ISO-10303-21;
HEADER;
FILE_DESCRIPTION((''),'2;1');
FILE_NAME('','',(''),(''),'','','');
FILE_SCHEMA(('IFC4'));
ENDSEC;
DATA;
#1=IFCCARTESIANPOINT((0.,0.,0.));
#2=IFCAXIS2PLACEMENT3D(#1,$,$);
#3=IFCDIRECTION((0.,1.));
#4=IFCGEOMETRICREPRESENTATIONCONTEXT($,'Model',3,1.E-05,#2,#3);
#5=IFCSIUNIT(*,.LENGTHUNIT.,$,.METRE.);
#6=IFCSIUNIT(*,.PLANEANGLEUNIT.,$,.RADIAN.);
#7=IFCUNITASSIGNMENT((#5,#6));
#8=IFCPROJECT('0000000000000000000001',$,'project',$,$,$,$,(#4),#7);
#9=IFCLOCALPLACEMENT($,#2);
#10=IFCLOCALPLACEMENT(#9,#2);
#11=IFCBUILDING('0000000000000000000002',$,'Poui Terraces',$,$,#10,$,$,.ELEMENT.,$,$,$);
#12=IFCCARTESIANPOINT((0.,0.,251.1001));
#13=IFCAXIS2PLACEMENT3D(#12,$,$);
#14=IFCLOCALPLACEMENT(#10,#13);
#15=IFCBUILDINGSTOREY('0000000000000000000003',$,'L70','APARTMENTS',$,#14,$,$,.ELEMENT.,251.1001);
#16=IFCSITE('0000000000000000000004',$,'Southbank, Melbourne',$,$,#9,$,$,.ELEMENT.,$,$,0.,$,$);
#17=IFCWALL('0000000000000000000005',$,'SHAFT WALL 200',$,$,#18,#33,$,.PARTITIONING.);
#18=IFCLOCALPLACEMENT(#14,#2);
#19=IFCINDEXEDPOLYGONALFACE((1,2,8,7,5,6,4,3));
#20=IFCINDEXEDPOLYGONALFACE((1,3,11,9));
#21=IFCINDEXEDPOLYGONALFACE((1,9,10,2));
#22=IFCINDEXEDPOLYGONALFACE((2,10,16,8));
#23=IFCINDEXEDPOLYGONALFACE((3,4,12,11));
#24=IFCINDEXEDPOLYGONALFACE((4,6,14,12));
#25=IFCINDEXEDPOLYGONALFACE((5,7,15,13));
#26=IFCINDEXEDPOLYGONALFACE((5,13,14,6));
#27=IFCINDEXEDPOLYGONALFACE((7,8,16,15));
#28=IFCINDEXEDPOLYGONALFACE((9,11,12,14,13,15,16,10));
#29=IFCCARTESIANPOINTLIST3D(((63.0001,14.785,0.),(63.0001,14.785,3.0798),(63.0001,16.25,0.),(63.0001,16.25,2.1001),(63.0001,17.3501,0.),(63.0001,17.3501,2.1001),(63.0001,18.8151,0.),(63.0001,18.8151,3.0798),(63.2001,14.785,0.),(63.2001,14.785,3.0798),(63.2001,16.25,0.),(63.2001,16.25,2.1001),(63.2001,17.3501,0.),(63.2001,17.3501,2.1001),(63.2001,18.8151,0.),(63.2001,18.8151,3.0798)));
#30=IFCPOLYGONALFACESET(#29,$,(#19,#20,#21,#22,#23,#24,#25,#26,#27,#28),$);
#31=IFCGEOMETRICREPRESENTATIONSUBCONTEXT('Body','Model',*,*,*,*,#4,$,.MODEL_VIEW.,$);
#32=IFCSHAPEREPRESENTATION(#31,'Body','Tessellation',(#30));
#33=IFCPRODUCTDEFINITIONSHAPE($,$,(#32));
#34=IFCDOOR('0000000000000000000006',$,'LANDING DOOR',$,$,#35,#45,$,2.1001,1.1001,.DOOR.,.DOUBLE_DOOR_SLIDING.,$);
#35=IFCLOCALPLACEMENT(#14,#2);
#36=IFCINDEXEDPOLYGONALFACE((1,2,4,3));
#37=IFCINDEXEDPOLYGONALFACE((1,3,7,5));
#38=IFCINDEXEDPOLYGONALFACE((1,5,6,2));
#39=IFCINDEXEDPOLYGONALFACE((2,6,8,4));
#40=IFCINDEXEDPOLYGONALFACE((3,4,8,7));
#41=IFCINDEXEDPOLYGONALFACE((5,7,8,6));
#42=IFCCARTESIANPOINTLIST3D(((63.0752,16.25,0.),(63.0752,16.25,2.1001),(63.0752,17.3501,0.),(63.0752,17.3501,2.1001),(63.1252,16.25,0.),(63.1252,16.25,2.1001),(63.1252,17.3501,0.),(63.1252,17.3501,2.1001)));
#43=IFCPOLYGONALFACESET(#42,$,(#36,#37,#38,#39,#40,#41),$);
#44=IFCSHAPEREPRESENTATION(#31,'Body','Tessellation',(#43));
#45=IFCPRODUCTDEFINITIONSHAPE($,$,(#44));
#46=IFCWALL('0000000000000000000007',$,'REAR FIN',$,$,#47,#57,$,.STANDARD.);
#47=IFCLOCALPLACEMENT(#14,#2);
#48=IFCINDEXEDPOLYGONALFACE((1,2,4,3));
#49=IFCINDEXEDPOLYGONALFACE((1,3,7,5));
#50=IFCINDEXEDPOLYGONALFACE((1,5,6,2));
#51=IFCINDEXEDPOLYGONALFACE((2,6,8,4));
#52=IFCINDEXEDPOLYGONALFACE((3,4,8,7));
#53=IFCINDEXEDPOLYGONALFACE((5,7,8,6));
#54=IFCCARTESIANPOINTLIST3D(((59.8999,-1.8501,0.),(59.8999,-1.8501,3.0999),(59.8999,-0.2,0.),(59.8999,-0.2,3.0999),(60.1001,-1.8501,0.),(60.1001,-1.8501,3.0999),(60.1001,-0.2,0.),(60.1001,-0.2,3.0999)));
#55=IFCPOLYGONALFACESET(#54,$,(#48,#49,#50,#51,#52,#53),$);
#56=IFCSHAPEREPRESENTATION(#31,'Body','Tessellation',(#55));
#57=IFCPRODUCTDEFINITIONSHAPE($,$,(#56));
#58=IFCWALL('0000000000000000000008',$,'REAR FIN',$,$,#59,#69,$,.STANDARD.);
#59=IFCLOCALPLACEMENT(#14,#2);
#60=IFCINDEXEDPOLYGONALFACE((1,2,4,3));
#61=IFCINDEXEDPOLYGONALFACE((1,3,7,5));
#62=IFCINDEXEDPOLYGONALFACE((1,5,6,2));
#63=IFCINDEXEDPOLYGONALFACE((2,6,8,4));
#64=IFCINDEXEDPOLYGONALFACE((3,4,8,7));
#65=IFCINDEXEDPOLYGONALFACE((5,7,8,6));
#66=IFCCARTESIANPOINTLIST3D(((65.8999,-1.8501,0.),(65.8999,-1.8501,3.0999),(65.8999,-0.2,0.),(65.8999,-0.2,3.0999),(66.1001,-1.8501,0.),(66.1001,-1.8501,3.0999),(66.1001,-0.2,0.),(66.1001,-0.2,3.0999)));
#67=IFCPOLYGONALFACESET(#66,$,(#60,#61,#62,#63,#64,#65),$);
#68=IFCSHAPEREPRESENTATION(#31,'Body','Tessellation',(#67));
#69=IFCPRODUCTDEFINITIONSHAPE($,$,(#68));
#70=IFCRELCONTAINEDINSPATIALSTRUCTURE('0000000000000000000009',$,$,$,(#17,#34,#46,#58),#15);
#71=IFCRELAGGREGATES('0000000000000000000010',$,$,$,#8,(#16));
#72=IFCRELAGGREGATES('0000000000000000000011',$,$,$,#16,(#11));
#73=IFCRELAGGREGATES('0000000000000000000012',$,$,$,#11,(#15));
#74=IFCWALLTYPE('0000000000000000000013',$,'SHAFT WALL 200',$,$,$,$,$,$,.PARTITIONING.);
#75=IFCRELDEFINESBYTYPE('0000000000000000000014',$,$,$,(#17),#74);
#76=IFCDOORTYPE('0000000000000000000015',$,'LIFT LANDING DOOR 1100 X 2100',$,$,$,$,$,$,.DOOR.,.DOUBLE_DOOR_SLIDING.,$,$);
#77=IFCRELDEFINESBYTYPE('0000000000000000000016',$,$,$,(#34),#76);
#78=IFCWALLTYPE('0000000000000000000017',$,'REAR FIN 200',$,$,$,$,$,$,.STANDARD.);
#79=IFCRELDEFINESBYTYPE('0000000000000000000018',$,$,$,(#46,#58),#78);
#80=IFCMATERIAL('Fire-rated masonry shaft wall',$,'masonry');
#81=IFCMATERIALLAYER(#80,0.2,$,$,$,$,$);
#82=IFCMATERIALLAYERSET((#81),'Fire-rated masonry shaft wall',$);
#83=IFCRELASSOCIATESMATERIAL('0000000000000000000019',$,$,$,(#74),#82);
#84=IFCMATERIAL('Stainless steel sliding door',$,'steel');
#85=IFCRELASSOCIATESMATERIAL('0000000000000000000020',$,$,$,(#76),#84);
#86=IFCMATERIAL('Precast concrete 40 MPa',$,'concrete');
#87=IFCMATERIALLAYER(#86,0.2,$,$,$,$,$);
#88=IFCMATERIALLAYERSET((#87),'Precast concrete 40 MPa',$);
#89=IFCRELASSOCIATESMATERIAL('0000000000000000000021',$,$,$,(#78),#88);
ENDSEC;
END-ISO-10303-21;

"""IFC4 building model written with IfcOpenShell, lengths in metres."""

from ifc_helpers import new_model, si_unit, direction, frame, frame_2d, origin, place, context, subcontext, project, spatial, polyline, rectangle, outline, extrude, source, transform, mapped, material, layer, layer_set, type_object, element, fill, save


model = new_model("IFC4")

# Units and contexts
model_context = context("Model", 3, precision=1e-05, world=origin(), true_north=direction((0.0, 1.0)))
body_context = subcontext(model_context, "Body", "Model", "MODEL_VIEW")
ifc_project = project(units=[si_unit("LENGTHUNIT", "METRE"), si_unit("PLANEANGLEUNIT", "RADIAN")], contexts=[model_context])

# Site, building, storey
site_placement = place(None, origin())
site = spatial("IfcSite", under=ifc_project, at=site_placement, Name="Southbank, Melbourne", CompositionType="ELEMENT", RefElevation=0.0)
building_placement = place(site_placement, origin())
building = spatial("IfcBuilding", under=site, at=building_placement, Name="Poui Terraces", CompositionType="ELEMENT")
storey_placement = place(building_placement, frame((0.0, 0.0, 251.1001)))
storey = spatial("IfcBuildingStorey", under=building, at=storey_placement, Name="L70", Description="APARTMENTS", CompositionType="ELEMENT", Elevation=251.1001)

# Shared definitions
ifc_material_1 = material(Name="Precast concrete 40 MPa", Category="concrete")

# Shared definitions
ifc_material_2 = material(Name="Fire-rated masonry shaft wall", Category="masonry")
ifc_layer_1 = layer(ifc_material_2, 0.2)
ifc_layer_set_1 = layer_set([ifc_layer_1], Name="Fire-rated masonry shaft wall")
wall_type_1 = type_object("IfcWallType", Name="SHAFT WALL 200", PredefinedType="PARTITIONING", material=ifc_layer_set_1)

# Wall, opening, door
wall_1_placement = place(storey_placement, frame((63.1001, 14.7849, 0.0), z_axis=(0.0, 0.0, 1.0), x_axis=(0.0, 1.0, 0.0)))
wall_1 = element("IfcWall", 1, at=wall_1_placement, inside=storey, type_object=wall_type_1, Name="SHAFT WALL 200", PredefinedType="PARTITIONING", context=body_context, shape_type="SweptSolid", body=[
    extrude(rectangle(XDim=4.03, YDim=0.2, at=frame_2d((2.0151, 0.0))), origin(), (0.0, 0.0, 1.0), 3.0798),
])
opening_1_placement = place(wall_1_placement, frame((1.4651, 0.0, 0.0)))
opening_1 = element("IfcOpeningElement", 2, at=opening_1_placement, cuts=wall_1, PredefinedType="OPENING", context=body_context, shape_type="SweptSolid", body=[
    extrude(rectangle(XDim=1.1001, YDim=2.1001, at=frame_2d((0.55, 1.05))), frame((0.0, 0.1099, 0.0), z_axis=(0.0, -1.0, 0.0), x_axis=(1.0, 0.0, 0.0)), (0.0, 0.0, 1.0), 0.22),
])
ifc_material_3 = material(Name="Stainless steel sliding door", Category="steel")
door_type_1 = type_object("IfcDoorType", Name="LIFT LANDING DOOR 1100 X 2100", OperationType="DOUBLE_DOOR_SLIDING", PredefinedType="DOOR", material=ifc_material_3)
door_1_placement = place(opening_1_placement, origin())
door_1 = element("IfcDoor", 3, at=door_1_placement, inside=storey, type_object=door_type_1, Name="LANDING DOOR", OperationType="DOUBLE_DOOR_SLIDING", OverallHeight=2.1001, OverallWidth=1.1001, PredefinedType="DOOR", context=body_context, shape_type="SweptSolid", body=[
    extrude(rectangle(XDim=1.1001, YDim=2.1001, at=frame_2d((0.55, 1.05))), frame((0.0, 0.0249, 0.0), z_axis=(0.0, -1.0, 0.0), x_axis=(1.0, 0.0, 0.0)), (0.0, 0.0, 1.0), 0.05),
])
fill(opening_1, door_1)

# Walls
ifc_layer_2 = layer(ifc_material_1, 0.2)
ifc_layer_set_2 = layer_set([ifc_layer_2], Name="Precast concrete 40 MPa")
wall_type_2 = type_object("IfcWallType", Name="REAR FIN 200", PredefinedType="STANDARD", material=ifc_layer_set_2)
shared_shape_1 = source(origin(), body_context, "Body", "SweptSolid", [
    extrude(outline(polyline([(0.0, 0.0), (0.2002, 0.0), (0.2002, 1.6501), (0.0, 1.6501), (0.0, 0.0)])), origin(), (0.0, 0.0, 1.0), 3.0999),
])
for number, where, name in (
    (4, (59.8999, -1.8501, 0.0), "REAR FIN"),
    (5, (65.8999, -1.8501, 0.0), "REAR FIN"),
):
    element("IfcWall", number, at=place(storey_placement, frame(where)), inside=storey, type_object=wall_type_2, Name=name, PredefinedType="STANDARD", context=body_context, shape_type="MappedRepresentation", body=[
        mapped(shared_shape_1, transform((0.0, 0.0, 0.0))),
    ])

save(model, "model.ifc")
